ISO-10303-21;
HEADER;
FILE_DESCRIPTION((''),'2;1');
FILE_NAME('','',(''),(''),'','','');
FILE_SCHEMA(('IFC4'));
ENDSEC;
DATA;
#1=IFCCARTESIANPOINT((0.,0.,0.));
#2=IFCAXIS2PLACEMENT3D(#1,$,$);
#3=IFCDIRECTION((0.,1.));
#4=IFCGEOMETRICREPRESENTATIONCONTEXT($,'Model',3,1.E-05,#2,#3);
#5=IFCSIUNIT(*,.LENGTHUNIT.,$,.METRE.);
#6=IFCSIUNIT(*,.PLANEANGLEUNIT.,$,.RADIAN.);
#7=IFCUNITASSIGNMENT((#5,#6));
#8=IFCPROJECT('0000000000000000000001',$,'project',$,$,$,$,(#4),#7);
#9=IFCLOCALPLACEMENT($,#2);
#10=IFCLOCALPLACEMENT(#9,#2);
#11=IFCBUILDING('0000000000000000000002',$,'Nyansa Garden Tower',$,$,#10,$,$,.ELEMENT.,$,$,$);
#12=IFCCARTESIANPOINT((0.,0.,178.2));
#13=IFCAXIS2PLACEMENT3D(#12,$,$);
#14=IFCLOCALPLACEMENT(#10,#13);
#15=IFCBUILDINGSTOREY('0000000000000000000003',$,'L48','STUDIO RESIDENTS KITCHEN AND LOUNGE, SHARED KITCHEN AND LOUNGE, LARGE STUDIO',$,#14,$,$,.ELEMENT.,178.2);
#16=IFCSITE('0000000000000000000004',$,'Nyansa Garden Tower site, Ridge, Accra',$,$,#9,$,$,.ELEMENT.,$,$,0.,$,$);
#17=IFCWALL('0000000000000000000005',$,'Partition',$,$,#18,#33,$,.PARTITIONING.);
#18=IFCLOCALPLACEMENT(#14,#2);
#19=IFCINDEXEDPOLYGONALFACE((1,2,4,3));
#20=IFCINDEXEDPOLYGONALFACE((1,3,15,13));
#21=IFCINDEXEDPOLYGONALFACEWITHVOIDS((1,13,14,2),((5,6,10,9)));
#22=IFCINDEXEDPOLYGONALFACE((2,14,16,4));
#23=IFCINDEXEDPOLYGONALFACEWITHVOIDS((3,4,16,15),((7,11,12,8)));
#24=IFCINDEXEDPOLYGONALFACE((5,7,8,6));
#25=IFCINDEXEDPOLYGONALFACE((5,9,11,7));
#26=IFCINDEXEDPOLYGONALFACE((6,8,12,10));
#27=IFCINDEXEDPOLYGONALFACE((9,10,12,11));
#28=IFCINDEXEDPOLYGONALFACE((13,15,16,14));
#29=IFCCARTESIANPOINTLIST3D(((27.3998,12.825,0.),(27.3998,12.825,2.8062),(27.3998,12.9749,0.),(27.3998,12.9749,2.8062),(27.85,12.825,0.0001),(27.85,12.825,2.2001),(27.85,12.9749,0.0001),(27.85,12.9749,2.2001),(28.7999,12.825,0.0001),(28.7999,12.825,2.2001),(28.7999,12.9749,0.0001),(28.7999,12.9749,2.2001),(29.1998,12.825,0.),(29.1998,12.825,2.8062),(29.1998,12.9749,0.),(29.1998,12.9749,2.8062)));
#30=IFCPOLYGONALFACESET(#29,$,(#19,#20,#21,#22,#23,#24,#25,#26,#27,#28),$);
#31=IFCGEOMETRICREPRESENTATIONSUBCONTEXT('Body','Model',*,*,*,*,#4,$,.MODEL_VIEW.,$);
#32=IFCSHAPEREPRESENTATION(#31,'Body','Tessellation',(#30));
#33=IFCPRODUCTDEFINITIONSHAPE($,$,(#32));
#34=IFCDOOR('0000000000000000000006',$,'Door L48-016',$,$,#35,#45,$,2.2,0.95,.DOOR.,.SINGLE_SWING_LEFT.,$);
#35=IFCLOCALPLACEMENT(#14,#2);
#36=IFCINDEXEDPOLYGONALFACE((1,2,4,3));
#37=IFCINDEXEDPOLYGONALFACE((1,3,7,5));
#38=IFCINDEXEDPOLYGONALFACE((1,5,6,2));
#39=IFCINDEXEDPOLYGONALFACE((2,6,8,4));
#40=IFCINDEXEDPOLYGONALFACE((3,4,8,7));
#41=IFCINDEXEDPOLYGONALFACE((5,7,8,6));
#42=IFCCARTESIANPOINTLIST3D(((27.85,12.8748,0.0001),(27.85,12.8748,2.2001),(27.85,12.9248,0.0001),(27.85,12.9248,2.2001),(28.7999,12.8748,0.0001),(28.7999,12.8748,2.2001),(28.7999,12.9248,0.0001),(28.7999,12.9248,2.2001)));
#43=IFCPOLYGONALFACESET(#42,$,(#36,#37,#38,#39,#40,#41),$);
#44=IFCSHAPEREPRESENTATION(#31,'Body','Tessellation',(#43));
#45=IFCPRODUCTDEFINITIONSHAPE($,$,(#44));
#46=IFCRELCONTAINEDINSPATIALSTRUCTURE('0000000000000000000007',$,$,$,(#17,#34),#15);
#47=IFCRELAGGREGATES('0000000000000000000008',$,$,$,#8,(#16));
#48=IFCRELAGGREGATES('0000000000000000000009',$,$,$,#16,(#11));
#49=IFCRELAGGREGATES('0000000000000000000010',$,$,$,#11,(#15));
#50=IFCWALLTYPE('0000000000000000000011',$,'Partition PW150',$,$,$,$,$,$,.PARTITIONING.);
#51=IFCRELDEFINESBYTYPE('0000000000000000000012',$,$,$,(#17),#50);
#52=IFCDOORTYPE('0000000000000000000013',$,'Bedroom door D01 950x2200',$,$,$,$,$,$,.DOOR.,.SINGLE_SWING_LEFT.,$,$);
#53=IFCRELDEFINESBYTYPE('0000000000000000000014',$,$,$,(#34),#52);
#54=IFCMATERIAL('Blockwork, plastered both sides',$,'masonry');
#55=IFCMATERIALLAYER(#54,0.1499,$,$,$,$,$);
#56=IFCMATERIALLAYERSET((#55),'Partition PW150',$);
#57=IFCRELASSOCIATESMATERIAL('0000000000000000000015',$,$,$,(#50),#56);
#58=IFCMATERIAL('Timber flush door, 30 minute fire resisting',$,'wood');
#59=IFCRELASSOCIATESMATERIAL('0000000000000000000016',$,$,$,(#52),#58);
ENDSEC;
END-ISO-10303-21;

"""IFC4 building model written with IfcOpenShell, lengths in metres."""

from ifc_helpers import new_model, si_unit, direction, frame, frame_2d, origin, place, context, subcontext, project, spatial, rectangle, extrude, material, layer, layer_set, type_object, element, fill, save


model = new_model("IFC4")

# Units and contexts
model_context = context("Model", 3, precision=1e-05, world=origin(), true_north=direction((0.0, 1.0)))
body_context = subcontext(model_context, "Body", "Model", "MODEL_VIEW")
ifc_project = project(units=[si_unit("LENGTHUNIT", "METRE"), si_unit("PLANEANGLEUNIT", "RADIAN")], contexts=[model_context])

# Site, building, storey
site_placement = place(None, origin())
site = spatial("IfcSite", under=ifc_project, at=site_placement, Name="Nyansa Garden Tower site, Ridge, Accra", CompositionType="ELEMENT", RefElevation=0.0)
building_placement = place(site_placement, origin())
building = spatial("IfcBuilding", under=site, at=building_placement, Name="Nyansa Garden Tower", CompositionType="ELEMENT")
storey_placement = place(building_placement, frame((0.0, 0.0, 178.2)))
storey = spatial("IfcBuildingStorey", under=building, at=storey_placement, Name="L48", Description="STUDIO RESIDENTS KITCHEN AND LOUNGE, SHARED KITCHEN AND LOUNGE, LARGE STUDIO", CompositionType="ELEMENT", Elevation=178.2)

# Shared definitions
ifc_material_1 = material(Name="Blockwork, plastered both sides", Category="masonry")
ifc_layer_1 = layer(ifc_material_1, 0.1499)
ifc_layer_set_1 = layer_set([ifc_layer_1], Name="Partition PW150")
wall_type_1 = type_object("IfcWallType", Name="Partition PW150", PredefinedType="PARTITIONING", material=ifc_layer_set_1)

# Wall, opening, door
wall_1_placement = place(storey_placement, frame((27.3999, 12.8999, 0.0), z_axis=(0.0, 0.0, 1.0), x_axis=(1.0, 0.0, 0.0)))
wall_1 = element("IfcWall", 1, at=wall_1_placement, inside=storey, type_object=wall_type_1, Name="Partition", PredefinedType="PARTITIONING", context=body_context, shape_type="SweptSolid", body=[
    extrude(rectangle(XDim=1.8, YDim=0.1499, at=frame_2d((0.8999, 0.0))), origin(), (0.0, 0.0, 1.0), 2.8062),
])
opening_1_placement = place(wall_1_placement, frame((0.45, 0.0, 0.0)))
opening_1 = element("IfcOpeningElement", 2, at=opening_1_placement, cuts=wall_1, PredefinedType="OPENING", context=body_context, shape_type="SweptSolid", body=[
    extrude(rectangle(XDim=0.95, YDim=2.2, at=frame_2d((0.4751, 1.1001))), frame((0.0, 0.085, 0.0), z_axis=(0.0, -1.0, 0.0), x_axis=(1.0, 0.0, 0.0)), (0.0, 0.0, 1.0), 0.1699),
])
ifc_material_2 = material(Name="Timber flush door, 30 minute fire resisting", Category="wood")
door_type_1 = type_object("IfcDoorType", Name="Bedroom door D01 950x2200", OperationType="SINGLE_SWING_LEFT", PredefinedType="DOOR", material=ifc_material_2)
door_1_placement = place(opening_1_placement, origin())
door_1 = element("IfcDoor", 3, at=door_1_placement, inside=storey, type_object=door_type_1, Name="Door L48-016", OperationType="SINGLE_SWING_LEFT", OverallHeight=2.2, OverallWidth=0.95, PredefinedType="DOOR", context=body_context, shape_type="SweptSolid", body=[
    extrude(rectangle(XDim=0.95, YDim=2.2, at=frame_2d((0.4751, 1.1001))), frame((0.0, 0.0249, 0.0), z_axis=(0.0, -1.0, 0.0), x_axis=(1.0, 0.0, 0.0)), (0.0, 0.0, 1.0), 0.05),
])
fill(opening_1, door_1)

save(model, "model.ifc")
